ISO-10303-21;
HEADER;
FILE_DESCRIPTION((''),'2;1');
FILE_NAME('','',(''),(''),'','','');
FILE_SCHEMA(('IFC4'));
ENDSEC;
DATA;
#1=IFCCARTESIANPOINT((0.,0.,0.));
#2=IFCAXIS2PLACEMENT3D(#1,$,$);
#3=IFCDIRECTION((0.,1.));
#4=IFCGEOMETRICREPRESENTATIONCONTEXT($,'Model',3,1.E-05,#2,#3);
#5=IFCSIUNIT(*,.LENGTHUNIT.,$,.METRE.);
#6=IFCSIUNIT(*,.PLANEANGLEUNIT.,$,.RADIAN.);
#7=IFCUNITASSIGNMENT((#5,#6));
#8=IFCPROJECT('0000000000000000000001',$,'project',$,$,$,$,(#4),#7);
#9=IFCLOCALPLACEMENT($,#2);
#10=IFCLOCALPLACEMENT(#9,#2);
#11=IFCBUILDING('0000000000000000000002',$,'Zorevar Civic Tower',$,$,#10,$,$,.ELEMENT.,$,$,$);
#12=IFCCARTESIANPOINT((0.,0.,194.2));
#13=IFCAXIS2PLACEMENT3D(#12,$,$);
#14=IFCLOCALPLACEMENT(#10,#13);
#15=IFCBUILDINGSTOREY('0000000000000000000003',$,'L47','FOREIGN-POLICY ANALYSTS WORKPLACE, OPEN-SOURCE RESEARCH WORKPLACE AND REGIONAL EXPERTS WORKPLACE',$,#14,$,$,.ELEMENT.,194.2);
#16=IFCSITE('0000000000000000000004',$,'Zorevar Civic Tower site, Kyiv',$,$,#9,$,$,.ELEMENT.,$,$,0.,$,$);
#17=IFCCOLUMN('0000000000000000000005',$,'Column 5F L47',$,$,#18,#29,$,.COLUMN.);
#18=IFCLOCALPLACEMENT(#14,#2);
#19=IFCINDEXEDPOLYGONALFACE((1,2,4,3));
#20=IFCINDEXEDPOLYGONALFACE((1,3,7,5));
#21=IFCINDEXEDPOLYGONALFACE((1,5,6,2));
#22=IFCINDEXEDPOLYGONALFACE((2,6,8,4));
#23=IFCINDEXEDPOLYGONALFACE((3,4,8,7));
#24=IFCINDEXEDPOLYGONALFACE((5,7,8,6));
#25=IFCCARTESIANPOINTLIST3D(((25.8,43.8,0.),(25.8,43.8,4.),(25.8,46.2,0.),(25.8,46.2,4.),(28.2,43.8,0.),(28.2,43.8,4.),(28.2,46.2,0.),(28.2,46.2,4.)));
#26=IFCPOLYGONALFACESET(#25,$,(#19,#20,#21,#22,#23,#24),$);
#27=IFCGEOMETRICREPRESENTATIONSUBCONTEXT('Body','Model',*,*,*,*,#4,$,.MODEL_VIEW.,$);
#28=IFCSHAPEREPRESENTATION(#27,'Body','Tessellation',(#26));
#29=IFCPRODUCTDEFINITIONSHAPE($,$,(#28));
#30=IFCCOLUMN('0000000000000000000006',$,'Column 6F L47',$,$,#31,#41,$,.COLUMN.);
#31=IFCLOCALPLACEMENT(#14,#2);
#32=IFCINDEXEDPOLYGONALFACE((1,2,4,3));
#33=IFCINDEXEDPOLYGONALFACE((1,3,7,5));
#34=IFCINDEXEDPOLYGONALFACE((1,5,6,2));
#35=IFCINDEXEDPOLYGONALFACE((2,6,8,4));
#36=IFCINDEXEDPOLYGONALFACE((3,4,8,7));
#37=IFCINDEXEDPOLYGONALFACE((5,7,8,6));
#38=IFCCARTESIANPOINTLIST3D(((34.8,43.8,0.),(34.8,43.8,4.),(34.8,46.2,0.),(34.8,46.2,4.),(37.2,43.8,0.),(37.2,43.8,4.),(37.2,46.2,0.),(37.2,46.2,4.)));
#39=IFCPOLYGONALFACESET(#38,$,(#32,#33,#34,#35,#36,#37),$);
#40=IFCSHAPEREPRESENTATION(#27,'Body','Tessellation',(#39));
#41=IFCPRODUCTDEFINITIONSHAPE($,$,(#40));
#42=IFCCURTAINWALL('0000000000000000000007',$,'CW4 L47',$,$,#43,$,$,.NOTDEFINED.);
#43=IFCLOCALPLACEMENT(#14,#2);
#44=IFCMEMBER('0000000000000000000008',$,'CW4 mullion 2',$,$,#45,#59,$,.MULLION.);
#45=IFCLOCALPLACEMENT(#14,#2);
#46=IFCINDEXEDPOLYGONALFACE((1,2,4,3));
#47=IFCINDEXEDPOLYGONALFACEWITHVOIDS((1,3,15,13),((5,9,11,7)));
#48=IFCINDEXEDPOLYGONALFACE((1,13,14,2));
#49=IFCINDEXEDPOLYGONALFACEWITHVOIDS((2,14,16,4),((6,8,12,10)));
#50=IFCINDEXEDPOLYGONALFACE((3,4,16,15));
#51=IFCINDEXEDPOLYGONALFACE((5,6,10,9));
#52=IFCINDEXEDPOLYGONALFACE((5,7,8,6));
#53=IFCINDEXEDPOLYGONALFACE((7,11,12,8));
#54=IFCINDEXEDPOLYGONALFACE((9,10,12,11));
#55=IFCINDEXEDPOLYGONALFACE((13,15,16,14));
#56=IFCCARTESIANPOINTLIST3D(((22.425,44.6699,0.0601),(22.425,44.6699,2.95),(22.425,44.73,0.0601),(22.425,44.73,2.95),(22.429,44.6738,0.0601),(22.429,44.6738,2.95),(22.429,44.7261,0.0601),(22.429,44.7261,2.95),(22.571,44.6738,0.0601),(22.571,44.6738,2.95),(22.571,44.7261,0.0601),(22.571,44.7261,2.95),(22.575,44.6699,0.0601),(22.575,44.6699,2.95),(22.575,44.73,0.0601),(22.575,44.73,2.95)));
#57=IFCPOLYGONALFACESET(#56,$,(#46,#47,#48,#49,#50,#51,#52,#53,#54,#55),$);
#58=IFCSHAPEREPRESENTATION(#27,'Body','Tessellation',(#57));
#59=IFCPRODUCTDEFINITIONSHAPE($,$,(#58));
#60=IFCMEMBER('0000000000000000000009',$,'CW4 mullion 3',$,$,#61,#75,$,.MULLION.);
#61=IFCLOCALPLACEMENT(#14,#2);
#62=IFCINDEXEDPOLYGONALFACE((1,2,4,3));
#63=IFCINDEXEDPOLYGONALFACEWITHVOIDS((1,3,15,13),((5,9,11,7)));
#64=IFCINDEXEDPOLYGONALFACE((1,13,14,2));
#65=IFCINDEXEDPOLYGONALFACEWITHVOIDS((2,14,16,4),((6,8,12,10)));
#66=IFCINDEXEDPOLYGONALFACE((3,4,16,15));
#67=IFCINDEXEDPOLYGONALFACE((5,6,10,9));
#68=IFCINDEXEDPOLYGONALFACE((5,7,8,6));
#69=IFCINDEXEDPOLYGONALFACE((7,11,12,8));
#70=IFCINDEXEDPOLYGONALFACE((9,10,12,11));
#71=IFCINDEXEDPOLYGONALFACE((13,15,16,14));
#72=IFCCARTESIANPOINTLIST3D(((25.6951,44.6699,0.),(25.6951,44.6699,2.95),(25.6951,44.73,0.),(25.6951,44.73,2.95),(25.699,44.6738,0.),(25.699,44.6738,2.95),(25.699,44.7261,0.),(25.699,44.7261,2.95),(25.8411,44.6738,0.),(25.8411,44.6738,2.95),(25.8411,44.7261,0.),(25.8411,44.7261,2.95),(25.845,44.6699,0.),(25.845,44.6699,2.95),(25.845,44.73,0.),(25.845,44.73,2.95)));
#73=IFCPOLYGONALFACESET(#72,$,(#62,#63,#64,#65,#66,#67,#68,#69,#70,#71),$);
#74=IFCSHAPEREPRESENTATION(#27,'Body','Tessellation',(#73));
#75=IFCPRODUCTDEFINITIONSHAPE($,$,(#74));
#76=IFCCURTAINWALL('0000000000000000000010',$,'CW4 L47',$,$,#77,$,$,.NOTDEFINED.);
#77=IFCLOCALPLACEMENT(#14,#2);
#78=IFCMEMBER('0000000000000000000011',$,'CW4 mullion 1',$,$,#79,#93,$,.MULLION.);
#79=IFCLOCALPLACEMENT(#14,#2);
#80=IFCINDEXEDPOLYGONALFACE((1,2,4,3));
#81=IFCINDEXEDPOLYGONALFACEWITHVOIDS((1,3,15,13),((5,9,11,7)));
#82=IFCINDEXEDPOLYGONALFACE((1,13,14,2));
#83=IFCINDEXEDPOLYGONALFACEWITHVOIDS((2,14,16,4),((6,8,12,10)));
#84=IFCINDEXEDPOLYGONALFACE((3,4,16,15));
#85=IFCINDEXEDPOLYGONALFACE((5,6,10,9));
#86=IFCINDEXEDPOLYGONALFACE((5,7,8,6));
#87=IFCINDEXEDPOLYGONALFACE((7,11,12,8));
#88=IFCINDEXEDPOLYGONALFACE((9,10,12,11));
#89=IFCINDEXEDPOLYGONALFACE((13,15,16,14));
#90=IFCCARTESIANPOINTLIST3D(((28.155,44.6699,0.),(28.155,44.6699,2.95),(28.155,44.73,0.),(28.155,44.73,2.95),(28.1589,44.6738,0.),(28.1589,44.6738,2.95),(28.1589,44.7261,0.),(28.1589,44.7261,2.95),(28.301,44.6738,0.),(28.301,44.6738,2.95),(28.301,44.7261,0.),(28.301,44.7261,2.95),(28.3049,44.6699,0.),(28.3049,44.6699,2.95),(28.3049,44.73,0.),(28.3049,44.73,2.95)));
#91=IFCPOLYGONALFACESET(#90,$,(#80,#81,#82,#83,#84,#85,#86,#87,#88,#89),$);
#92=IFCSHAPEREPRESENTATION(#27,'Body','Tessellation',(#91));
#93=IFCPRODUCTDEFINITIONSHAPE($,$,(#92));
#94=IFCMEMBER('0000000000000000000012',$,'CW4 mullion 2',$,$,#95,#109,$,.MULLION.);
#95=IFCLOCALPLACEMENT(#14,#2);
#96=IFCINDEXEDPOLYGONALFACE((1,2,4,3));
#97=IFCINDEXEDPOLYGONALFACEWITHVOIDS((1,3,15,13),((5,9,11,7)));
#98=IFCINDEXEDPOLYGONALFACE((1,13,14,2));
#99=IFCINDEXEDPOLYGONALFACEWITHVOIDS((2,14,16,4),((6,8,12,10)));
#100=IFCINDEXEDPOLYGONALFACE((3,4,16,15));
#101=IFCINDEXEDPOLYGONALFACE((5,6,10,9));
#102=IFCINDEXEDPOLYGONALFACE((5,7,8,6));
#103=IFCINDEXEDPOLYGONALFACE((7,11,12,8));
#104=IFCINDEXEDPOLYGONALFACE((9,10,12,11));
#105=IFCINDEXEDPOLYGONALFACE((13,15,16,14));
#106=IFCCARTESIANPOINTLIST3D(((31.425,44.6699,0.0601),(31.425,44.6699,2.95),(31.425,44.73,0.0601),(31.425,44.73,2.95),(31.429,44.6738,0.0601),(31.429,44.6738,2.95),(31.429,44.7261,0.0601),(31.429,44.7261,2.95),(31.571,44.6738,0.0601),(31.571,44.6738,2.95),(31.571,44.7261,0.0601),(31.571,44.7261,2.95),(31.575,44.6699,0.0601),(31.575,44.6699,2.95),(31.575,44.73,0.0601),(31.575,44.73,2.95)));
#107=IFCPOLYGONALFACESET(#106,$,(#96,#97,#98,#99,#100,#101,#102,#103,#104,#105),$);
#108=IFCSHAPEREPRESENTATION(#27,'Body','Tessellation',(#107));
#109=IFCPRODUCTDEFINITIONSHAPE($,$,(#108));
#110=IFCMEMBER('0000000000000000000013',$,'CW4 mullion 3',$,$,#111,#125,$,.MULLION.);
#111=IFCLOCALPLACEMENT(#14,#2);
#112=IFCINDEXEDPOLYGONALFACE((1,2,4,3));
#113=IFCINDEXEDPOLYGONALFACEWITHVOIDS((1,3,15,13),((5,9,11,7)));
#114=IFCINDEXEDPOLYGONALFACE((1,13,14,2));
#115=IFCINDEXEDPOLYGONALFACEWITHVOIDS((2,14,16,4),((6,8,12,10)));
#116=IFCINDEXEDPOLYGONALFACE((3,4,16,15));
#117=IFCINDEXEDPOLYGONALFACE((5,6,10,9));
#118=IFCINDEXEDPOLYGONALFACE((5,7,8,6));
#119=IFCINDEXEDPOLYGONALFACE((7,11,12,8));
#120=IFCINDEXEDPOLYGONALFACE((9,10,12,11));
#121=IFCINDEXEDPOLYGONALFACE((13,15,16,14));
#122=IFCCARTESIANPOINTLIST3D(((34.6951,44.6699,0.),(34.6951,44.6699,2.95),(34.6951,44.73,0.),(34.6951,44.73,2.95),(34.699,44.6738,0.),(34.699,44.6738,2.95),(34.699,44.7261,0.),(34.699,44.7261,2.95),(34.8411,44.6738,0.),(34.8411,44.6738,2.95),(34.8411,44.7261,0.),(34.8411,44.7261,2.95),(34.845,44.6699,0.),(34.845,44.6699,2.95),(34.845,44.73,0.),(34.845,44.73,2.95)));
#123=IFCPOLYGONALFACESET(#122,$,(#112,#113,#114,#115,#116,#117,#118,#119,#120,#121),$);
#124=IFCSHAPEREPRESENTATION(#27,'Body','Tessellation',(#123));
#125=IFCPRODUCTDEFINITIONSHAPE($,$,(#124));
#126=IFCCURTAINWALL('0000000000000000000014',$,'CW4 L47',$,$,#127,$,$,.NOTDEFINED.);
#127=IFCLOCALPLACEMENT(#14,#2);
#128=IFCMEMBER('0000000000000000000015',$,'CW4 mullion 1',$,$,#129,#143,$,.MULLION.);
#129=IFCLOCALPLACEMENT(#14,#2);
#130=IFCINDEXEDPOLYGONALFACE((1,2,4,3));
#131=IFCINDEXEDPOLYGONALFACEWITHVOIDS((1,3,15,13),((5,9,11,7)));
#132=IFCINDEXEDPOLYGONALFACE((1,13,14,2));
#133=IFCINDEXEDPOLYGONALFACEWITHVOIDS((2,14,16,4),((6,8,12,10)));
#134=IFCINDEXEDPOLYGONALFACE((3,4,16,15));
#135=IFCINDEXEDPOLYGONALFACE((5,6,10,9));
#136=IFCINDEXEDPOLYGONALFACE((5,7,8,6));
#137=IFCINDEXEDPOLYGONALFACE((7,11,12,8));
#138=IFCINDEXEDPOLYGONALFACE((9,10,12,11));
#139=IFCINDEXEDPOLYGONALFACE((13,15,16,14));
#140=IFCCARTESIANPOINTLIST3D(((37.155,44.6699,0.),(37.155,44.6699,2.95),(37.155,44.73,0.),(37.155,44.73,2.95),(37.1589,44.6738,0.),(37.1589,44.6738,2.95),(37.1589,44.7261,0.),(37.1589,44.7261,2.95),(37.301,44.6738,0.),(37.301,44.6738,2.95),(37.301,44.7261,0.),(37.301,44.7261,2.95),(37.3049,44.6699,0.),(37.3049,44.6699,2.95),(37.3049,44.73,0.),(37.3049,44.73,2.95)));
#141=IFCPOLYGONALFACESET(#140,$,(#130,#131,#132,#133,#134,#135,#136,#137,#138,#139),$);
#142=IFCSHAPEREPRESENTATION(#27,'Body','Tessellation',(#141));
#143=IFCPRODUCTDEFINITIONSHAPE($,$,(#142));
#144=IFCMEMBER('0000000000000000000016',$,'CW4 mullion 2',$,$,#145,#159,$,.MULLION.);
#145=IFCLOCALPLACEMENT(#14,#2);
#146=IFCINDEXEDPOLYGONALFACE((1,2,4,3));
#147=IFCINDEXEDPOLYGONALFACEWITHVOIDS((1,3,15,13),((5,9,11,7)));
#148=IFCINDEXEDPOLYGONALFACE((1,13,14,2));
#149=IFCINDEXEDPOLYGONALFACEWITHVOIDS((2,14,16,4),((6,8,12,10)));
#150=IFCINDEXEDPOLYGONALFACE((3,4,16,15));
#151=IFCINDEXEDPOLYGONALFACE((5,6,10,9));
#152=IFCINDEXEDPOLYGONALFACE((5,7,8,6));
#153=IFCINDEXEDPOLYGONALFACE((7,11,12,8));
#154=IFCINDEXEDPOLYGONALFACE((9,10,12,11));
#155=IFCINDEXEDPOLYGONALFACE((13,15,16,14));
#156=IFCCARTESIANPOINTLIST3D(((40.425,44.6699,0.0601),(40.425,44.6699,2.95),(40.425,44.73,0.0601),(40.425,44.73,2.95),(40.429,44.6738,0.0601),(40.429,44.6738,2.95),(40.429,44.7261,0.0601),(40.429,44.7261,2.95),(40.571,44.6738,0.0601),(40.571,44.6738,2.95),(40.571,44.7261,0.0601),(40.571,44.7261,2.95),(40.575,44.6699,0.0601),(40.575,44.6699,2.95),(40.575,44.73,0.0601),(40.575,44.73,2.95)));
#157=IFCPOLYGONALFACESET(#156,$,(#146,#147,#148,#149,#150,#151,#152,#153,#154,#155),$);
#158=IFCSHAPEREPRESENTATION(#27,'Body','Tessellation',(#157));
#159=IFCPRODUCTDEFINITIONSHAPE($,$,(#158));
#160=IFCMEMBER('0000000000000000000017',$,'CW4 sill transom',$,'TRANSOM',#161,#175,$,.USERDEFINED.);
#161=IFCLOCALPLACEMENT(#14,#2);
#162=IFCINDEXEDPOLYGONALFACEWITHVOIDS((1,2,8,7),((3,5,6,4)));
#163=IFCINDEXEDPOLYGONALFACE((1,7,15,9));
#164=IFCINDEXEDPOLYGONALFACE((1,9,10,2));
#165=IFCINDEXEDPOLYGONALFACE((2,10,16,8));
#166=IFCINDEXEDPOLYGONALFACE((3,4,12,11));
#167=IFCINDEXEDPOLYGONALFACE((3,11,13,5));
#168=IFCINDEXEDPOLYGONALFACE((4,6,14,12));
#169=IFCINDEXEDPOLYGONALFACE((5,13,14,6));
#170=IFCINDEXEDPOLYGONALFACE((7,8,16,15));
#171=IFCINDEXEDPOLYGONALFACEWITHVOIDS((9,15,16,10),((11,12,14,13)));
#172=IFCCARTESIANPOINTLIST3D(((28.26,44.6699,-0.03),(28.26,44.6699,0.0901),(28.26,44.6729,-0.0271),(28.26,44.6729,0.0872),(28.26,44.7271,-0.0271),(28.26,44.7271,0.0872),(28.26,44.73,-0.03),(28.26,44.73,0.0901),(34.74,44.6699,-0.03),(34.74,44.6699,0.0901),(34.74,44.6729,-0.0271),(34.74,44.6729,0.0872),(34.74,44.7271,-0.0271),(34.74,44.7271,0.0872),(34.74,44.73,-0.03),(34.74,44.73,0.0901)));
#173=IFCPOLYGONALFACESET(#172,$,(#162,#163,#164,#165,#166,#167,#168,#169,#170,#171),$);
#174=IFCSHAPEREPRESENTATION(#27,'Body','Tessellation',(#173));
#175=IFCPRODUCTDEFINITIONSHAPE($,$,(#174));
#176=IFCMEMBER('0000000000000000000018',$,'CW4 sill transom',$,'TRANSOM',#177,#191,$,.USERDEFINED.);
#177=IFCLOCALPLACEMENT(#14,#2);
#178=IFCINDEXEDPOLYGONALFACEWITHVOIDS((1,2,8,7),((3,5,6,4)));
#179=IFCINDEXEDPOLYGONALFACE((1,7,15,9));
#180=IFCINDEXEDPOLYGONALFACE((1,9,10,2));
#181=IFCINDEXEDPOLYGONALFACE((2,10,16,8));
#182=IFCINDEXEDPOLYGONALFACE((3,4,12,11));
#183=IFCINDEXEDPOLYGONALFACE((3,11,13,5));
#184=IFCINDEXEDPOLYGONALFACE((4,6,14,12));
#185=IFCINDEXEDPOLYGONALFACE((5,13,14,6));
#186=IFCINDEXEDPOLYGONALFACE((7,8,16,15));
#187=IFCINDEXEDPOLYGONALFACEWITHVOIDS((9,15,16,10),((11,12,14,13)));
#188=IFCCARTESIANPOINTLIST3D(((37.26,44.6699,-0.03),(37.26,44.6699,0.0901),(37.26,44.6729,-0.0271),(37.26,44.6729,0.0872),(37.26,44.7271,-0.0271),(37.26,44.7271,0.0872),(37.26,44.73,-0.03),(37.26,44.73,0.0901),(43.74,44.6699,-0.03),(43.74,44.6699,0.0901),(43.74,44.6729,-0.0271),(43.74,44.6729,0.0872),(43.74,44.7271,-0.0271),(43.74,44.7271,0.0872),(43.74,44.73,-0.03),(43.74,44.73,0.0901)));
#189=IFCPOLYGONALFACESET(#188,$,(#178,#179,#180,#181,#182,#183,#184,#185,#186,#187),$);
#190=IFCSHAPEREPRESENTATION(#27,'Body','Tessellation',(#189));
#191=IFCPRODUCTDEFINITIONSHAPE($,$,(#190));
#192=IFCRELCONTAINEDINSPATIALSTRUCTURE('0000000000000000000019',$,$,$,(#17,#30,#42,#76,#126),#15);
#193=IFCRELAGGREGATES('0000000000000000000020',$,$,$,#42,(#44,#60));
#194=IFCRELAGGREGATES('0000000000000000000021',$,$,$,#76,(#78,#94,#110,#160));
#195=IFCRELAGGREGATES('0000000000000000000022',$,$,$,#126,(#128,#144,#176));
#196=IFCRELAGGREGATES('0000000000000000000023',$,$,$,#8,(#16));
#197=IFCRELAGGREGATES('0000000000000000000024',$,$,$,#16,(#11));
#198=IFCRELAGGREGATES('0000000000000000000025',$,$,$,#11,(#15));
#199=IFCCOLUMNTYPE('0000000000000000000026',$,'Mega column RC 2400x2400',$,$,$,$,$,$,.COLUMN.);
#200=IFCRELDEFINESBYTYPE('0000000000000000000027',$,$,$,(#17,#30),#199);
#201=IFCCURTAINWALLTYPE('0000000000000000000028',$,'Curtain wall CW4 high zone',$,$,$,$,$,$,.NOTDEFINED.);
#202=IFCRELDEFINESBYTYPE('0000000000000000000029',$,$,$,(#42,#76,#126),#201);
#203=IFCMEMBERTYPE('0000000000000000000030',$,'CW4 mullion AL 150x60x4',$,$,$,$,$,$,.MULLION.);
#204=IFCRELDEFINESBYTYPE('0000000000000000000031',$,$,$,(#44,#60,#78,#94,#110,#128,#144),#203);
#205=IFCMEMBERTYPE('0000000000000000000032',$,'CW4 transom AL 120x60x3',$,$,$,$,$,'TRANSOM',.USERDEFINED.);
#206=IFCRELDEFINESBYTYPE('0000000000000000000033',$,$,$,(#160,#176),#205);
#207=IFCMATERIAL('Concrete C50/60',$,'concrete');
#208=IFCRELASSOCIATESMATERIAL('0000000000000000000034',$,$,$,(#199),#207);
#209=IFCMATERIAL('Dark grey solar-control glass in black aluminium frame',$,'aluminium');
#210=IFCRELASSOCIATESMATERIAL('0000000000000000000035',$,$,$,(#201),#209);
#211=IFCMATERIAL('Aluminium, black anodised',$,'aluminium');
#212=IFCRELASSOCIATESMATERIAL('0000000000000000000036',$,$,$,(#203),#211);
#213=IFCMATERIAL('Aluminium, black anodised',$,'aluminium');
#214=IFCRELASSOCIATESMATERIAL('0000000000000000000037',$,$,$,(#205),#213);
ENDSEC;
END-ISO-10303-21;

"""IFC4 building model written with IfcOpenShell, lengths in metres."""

from ifc_helpers import new_model, si_unit, direction, frame, origin, origin_2d, place, context, subcontext, project, spatial, rectangle, hollow_rectangle, extrude, material, material_profile, profile_set, type_object, element, aggregate, save


model = new_model("IFC4")

# Units and contexts
model_context = context("Model", 3, precision=1e-05, world=origin(), true_north=direction((0.0, 1.0)))
body_context = subcontext(model_context, "Body", "Model", "MODEL_VIEW")
ifc_project = project(units=[si_unit("LENGTHUNIT", "METRE"), si_unit("PLANEANGLEUNIT", "RADIAN")], contexts=[model_context])

# Site, building, storey
site_placement = place(None, origin())
site = spatial("IfcSite", under=ifc_project, at=site_placement, Name="Zorevar Civic Tower site, Kyiv", CompositionType="ELEMENT", RefElevation=0.0)
building_placement = place(site_placement, origin())
building = spatial("IfcBuilding", under=site, at=building_placement, Name="Zorevar Civic Tower", CompositionType="ELEMENT")
storey_placement = place(building_placement, frame((0.0, 0.0, 194.2)))
storey = spatial("IfcBuildingStorey", under=building, at=storey_placement, Name="L47", Description="FOREIGN-POLICY ANALYSTS WORKPLACE, OPEN-SOURCE RESEARCH WORKPLACE AND REGIONAL EXPERTS WORKPLACE", CompositionType="ELEMENT", Elevation=194.2)

# Columns
ifc_material_1 = material(Name="Concrete C50/60", Category="concrete")
ifc_material_profile_1 = material_profile(ifc_material_1, rectangle(XDim=2.3999, YDim=2.3999, at=origin_2d()), Name="RC 2400x2400")
ifc_profile_set_1 = profile_set([ifc_material_profile_1], Name="Concrete C50/60")
column_type = type_object("IfcColumnType", Name="Mega column RC 2400x2400", PredefinedType="COLUMN", material=ifc_profile_set_1)
for number, where, z_axis, x_axis, name in (
    (1, (27.0, 45.0, 0.0), (0.0, 0.0, 1.0), (1.0, 0.0, 0.0), "Column 5F L47"),
    (2, (36.0, 45.0, 0.0), (0.0, 0.0, 1.0), (1.0, 0.0, 0.0), "Column 6F L47"),
):
    element("IfcColumn", number, at=place(storey_placement, frame(where, z_axis=z_axis, x_axis=x_axis)), inside=storey, type_object=column_type, Name=name, PredefinedType="COLUMN", context=body_context, shape_type="SweptSolid", body=[
        extrude(rectangle(XDim=2.3999, YDim=2.3999, at=origin_2d()), origin(), (0.0, 0.0, 1.0), 4.0),
    ])

# Curtain walls, members
ifc_material_2 = material(Name="Dark grey solar-control glass in black aluminium frame", Category="aluminium")
curtain_wall_type = type_object("IfcCurtainWallType", Name="Curtain wall CW4 high zone", PredefinedType="NOTDEFINED", material=ifc_material_2)
curtain_wall_1_placement = place(storey_placement, origin())
curtain_wall_1 = element("IfcCurtainWall", 3, at=curtain_wall_1_placement, inside=storey, type_object=curtain_wall_type, Name="CW4 L47", PredefinedType="NOTDEFINED")
ifc_material_3 = material(Name="Aluminium, black anodised", Category="aluminium")
ifc_material_profile_2 = material_profile(ifc_material_3, hollow_rectangle(XDim=0.0601, YDim=0.1499, WallThickness=0.0039, at=origin_2d()), Name="AL 150x60x4")
ifc_profile_set_2 = profile_set([ifc_material_profile_2], Name="Aluminium, black anodised")
member_type_1 = type_object("IfcMemberType", Name="CW4 mullion AL 150x60x4", PredefinedType="MULLION", material=ifc_profile_set_2)
member_1_placement = place(storey_placement, frame((22.5, 44.7, 0.0601), z_axis=(0.0, 0.0, 1.0), x_axis=(0.0, 1.0, 0.0)))
member_1 = element("IfcMember", 4, at=member_1_placement, type_object=member_type_1, Name="CW4 mullion 2", PredefinedType="MULLION", context=body_context, shape_type="SweptSolid", body=[
    extrude(hollow_rectangle(XDim=0.0601, YDim=0.1499, WallThickness=0.0039, at=origin_2d()), origin(), (0.0, 0.0, 1.0), 2.8899),
])
member_2_placement = place(storey_placement, frame((25.77, 44.7, 0.0), z_axis=(0.0, 0.0, 1.0), x_axis=(0.0, 1.0, 0.0)))
member_2 = element("IfcMember", 5, at=member_2_placement, type_object=member_type_1, Name="CW4 mullion 3", PredefinedType="MULLION", context=body_context, shape_type="SweptSolid", body=[
    extrude(hollow_rectangle(XDim=0.0601, YDim=0.1499, WallThickness=0.0039, at=origin_2d()), origin(), (0.0, 0.0, 1.0), 2.95),
])
curtain_wall_2_placement = place(storey_placement, origin())
curtain_wall_2 = element("IfcCurtainWall", 6, at=curtain_wall_2_placement, inside=storey, type_object=curtain_wall_type, Name="CW4 L47", PredefinedType="NOTDEFINED")
member_3_placement = place(storey_placement, frame((28.23, 44.7, 0.0), z_axis=(0.0, 0.0, 1.0), x_axis=(0.0, 1.0, 0.0)))
member_3 = element("IfcMember", 7, at=member_3_placement, type_object=member_type_1, Name="CW4 mullion 1", PredefinedType="MULLION", context=body_context, shape_type="SweptSolid", body=[
    extrude(hollow_rectangle(XDim=0.0601, YDim=0.1499, WallThickness=0.0039, at=origin_2d()), origin(), (0.0, 0.0, 1.0), 2.95),
])
member_4_placement = place(storey_placement, frame((31.5, 44.7, 0.0601), z_axis=(0.0, 0.0, 1.0), x_axis=(0.0, 1.0, 0.0)))
member_4 = element("IfcMember", 8, at=member_4_placement, type_object=member_type_1, Name="CW4 mullion 2", PredefinedType="MULLION", context=body_context, shape_type="SweptSolid", body=[
    extrude(hollow_rectangle(XDim=0.0601, YDim=0.1499, WallThickness=0.0039, at=origin_2d()), origin(), (0.0, 0.0, 1.0), 2.8899),
])
member_5_placement = place(storey_placement, frame((34.77, 44.7, 0.0), z_axis=(0.0, 0.0, 1.0), x_axis=(0.0, 1.0, 0.0)))
member_5 = element("IfcMember", 9, at=member_5_placement, type_object=member_type_1, Name="CW4 mullion 3", PredefinedType="MULLION", context=body_context, shape_type="SweptSolid", body=[
    extrude(hollow_rectangle(XDim=0.0601, YDim=0.1499, WallThickness=0.0039, at=origin_2d()), origin(), (0.0, 0.0, 1.0), 2.95),
])
curtain_wall_3_placement = place(storey_placement, origin())
curtain_wall_3 = element("IfcCurtainWall", 10, at=curtain_wall_3_placement, inside=storey, type_object=curtain_wall_type, Name="CW4 L47", PredefinedType="NOTDEFINED")
member_6_placement = place(storey_placement, frame((37.23, 44.7, 0.0), z_axis=(0.0, 0.0, 1.0), x_axis=(0.0, 1.0, 0.0)))
member_6 = element("IfcMember", 11, at=member_6_placement, type_object=member_type_1, Name="CW4 mullion 1", PredefinedType="MULLION", context=body_context, shape_type="SweptSolid", body=[
    extrude(hollow_rectangle(XDim=0.0601, YDim=0.1499, WallThickness=0.0039, at=origin_2d()), origin(), (0.0, 0.0, 1.0), 2.95),
])
member_7_placement = place(storey_placement, frame((40.5, 44.7, 0.0601), z_axis=(0.0, 0.0, 1.0), x_axis=(0.0, 1.0, 0.0)))
member_7 = element("IfcMember", 12, at=member_7_placement, type_object=member_type_1, Name="CW4 mullion 2", PredefinedType="MULLION", context=body_context, shape_type="SweptSolid", body=[
    extrude(hollow_rectangle(XDim=0.0601, YDim=0.1499, WallThickness=0.0039, at=origin_2d()), origin(), (0.0, 0.0, 1.0), 2.8899),
])

# Members
ifc_material_4 = material(Name="Aluminium, black anodised", Category="aluminium")
ifc_material_profile_3 = material_profile(ifc_material_4, hollow_rectangle(XDim=0.0601, YDim=0.1201, WallThickness=0.0029, at=origin_2d()), Name="AL 120x60x3")
ifc_profile_set_3 = profile_set([ifc_material_profile_3], Name="Aluminium, black anodised")
member_type_2 = type_object("IfcMemberType", Name="CW4 transom AL 120x60x3", ElementType="TRANSOM", PredefinedType="USERDEFINED", material=ifc_profile_set_3)
member_8_placement = place(storey_placement, frame((28.26, 44.7, 0.03), z_axis=(1.0, 0.0, 0.0), x_axis=(0.0, 1.0, 0.0)))
member_8 = element("IfcMember", 13, at=member_8_placement, type_object=member_type_2, Name="CW4 sill transom", ObjectType="TRANSOM", PredefinedType="USERDEFINED", context=body_context, shape_type="SweptSolid", body=[
    extrude(hollow_rectangle(XDim=0.0601, YDim=0.1201, WallThickness=0.0029, at=origin_2d()), origin(), (0.0, 0.0, 1.0), 6.48),
])
member_9_placement = place(storey_placement, frame((37.26, 44.7, 0.03), z_axis=(1.0, 0.0, 0.0), x_axis=(0.0, 1.0, 0.0)))
member_9 = element("IfcMember", 14, at=member_9_placement, type_object=member_type_2, Name="CW4 sill transom", ObjectType="TRANSOM", PredefinedType="USERDEFINED", context=body_context, shape_type="SweptSolid", body=[
    extrude(hollow_rectangle(XDim=0.0601, YDim=0.1201, WallThickness=0.0029, at=origin_2d()), origin(), (0.0, 0.0, 1.0), 6.48),
])

aggregate(curtain_wall_1, [member_1, member_2])
aggregate(curtain_wall_2, [member_3, member_4, member_5, member_8])
aggregate(curtain_wall_3, [member_6, member_7, member_9])

save(model, "model.ifc")
